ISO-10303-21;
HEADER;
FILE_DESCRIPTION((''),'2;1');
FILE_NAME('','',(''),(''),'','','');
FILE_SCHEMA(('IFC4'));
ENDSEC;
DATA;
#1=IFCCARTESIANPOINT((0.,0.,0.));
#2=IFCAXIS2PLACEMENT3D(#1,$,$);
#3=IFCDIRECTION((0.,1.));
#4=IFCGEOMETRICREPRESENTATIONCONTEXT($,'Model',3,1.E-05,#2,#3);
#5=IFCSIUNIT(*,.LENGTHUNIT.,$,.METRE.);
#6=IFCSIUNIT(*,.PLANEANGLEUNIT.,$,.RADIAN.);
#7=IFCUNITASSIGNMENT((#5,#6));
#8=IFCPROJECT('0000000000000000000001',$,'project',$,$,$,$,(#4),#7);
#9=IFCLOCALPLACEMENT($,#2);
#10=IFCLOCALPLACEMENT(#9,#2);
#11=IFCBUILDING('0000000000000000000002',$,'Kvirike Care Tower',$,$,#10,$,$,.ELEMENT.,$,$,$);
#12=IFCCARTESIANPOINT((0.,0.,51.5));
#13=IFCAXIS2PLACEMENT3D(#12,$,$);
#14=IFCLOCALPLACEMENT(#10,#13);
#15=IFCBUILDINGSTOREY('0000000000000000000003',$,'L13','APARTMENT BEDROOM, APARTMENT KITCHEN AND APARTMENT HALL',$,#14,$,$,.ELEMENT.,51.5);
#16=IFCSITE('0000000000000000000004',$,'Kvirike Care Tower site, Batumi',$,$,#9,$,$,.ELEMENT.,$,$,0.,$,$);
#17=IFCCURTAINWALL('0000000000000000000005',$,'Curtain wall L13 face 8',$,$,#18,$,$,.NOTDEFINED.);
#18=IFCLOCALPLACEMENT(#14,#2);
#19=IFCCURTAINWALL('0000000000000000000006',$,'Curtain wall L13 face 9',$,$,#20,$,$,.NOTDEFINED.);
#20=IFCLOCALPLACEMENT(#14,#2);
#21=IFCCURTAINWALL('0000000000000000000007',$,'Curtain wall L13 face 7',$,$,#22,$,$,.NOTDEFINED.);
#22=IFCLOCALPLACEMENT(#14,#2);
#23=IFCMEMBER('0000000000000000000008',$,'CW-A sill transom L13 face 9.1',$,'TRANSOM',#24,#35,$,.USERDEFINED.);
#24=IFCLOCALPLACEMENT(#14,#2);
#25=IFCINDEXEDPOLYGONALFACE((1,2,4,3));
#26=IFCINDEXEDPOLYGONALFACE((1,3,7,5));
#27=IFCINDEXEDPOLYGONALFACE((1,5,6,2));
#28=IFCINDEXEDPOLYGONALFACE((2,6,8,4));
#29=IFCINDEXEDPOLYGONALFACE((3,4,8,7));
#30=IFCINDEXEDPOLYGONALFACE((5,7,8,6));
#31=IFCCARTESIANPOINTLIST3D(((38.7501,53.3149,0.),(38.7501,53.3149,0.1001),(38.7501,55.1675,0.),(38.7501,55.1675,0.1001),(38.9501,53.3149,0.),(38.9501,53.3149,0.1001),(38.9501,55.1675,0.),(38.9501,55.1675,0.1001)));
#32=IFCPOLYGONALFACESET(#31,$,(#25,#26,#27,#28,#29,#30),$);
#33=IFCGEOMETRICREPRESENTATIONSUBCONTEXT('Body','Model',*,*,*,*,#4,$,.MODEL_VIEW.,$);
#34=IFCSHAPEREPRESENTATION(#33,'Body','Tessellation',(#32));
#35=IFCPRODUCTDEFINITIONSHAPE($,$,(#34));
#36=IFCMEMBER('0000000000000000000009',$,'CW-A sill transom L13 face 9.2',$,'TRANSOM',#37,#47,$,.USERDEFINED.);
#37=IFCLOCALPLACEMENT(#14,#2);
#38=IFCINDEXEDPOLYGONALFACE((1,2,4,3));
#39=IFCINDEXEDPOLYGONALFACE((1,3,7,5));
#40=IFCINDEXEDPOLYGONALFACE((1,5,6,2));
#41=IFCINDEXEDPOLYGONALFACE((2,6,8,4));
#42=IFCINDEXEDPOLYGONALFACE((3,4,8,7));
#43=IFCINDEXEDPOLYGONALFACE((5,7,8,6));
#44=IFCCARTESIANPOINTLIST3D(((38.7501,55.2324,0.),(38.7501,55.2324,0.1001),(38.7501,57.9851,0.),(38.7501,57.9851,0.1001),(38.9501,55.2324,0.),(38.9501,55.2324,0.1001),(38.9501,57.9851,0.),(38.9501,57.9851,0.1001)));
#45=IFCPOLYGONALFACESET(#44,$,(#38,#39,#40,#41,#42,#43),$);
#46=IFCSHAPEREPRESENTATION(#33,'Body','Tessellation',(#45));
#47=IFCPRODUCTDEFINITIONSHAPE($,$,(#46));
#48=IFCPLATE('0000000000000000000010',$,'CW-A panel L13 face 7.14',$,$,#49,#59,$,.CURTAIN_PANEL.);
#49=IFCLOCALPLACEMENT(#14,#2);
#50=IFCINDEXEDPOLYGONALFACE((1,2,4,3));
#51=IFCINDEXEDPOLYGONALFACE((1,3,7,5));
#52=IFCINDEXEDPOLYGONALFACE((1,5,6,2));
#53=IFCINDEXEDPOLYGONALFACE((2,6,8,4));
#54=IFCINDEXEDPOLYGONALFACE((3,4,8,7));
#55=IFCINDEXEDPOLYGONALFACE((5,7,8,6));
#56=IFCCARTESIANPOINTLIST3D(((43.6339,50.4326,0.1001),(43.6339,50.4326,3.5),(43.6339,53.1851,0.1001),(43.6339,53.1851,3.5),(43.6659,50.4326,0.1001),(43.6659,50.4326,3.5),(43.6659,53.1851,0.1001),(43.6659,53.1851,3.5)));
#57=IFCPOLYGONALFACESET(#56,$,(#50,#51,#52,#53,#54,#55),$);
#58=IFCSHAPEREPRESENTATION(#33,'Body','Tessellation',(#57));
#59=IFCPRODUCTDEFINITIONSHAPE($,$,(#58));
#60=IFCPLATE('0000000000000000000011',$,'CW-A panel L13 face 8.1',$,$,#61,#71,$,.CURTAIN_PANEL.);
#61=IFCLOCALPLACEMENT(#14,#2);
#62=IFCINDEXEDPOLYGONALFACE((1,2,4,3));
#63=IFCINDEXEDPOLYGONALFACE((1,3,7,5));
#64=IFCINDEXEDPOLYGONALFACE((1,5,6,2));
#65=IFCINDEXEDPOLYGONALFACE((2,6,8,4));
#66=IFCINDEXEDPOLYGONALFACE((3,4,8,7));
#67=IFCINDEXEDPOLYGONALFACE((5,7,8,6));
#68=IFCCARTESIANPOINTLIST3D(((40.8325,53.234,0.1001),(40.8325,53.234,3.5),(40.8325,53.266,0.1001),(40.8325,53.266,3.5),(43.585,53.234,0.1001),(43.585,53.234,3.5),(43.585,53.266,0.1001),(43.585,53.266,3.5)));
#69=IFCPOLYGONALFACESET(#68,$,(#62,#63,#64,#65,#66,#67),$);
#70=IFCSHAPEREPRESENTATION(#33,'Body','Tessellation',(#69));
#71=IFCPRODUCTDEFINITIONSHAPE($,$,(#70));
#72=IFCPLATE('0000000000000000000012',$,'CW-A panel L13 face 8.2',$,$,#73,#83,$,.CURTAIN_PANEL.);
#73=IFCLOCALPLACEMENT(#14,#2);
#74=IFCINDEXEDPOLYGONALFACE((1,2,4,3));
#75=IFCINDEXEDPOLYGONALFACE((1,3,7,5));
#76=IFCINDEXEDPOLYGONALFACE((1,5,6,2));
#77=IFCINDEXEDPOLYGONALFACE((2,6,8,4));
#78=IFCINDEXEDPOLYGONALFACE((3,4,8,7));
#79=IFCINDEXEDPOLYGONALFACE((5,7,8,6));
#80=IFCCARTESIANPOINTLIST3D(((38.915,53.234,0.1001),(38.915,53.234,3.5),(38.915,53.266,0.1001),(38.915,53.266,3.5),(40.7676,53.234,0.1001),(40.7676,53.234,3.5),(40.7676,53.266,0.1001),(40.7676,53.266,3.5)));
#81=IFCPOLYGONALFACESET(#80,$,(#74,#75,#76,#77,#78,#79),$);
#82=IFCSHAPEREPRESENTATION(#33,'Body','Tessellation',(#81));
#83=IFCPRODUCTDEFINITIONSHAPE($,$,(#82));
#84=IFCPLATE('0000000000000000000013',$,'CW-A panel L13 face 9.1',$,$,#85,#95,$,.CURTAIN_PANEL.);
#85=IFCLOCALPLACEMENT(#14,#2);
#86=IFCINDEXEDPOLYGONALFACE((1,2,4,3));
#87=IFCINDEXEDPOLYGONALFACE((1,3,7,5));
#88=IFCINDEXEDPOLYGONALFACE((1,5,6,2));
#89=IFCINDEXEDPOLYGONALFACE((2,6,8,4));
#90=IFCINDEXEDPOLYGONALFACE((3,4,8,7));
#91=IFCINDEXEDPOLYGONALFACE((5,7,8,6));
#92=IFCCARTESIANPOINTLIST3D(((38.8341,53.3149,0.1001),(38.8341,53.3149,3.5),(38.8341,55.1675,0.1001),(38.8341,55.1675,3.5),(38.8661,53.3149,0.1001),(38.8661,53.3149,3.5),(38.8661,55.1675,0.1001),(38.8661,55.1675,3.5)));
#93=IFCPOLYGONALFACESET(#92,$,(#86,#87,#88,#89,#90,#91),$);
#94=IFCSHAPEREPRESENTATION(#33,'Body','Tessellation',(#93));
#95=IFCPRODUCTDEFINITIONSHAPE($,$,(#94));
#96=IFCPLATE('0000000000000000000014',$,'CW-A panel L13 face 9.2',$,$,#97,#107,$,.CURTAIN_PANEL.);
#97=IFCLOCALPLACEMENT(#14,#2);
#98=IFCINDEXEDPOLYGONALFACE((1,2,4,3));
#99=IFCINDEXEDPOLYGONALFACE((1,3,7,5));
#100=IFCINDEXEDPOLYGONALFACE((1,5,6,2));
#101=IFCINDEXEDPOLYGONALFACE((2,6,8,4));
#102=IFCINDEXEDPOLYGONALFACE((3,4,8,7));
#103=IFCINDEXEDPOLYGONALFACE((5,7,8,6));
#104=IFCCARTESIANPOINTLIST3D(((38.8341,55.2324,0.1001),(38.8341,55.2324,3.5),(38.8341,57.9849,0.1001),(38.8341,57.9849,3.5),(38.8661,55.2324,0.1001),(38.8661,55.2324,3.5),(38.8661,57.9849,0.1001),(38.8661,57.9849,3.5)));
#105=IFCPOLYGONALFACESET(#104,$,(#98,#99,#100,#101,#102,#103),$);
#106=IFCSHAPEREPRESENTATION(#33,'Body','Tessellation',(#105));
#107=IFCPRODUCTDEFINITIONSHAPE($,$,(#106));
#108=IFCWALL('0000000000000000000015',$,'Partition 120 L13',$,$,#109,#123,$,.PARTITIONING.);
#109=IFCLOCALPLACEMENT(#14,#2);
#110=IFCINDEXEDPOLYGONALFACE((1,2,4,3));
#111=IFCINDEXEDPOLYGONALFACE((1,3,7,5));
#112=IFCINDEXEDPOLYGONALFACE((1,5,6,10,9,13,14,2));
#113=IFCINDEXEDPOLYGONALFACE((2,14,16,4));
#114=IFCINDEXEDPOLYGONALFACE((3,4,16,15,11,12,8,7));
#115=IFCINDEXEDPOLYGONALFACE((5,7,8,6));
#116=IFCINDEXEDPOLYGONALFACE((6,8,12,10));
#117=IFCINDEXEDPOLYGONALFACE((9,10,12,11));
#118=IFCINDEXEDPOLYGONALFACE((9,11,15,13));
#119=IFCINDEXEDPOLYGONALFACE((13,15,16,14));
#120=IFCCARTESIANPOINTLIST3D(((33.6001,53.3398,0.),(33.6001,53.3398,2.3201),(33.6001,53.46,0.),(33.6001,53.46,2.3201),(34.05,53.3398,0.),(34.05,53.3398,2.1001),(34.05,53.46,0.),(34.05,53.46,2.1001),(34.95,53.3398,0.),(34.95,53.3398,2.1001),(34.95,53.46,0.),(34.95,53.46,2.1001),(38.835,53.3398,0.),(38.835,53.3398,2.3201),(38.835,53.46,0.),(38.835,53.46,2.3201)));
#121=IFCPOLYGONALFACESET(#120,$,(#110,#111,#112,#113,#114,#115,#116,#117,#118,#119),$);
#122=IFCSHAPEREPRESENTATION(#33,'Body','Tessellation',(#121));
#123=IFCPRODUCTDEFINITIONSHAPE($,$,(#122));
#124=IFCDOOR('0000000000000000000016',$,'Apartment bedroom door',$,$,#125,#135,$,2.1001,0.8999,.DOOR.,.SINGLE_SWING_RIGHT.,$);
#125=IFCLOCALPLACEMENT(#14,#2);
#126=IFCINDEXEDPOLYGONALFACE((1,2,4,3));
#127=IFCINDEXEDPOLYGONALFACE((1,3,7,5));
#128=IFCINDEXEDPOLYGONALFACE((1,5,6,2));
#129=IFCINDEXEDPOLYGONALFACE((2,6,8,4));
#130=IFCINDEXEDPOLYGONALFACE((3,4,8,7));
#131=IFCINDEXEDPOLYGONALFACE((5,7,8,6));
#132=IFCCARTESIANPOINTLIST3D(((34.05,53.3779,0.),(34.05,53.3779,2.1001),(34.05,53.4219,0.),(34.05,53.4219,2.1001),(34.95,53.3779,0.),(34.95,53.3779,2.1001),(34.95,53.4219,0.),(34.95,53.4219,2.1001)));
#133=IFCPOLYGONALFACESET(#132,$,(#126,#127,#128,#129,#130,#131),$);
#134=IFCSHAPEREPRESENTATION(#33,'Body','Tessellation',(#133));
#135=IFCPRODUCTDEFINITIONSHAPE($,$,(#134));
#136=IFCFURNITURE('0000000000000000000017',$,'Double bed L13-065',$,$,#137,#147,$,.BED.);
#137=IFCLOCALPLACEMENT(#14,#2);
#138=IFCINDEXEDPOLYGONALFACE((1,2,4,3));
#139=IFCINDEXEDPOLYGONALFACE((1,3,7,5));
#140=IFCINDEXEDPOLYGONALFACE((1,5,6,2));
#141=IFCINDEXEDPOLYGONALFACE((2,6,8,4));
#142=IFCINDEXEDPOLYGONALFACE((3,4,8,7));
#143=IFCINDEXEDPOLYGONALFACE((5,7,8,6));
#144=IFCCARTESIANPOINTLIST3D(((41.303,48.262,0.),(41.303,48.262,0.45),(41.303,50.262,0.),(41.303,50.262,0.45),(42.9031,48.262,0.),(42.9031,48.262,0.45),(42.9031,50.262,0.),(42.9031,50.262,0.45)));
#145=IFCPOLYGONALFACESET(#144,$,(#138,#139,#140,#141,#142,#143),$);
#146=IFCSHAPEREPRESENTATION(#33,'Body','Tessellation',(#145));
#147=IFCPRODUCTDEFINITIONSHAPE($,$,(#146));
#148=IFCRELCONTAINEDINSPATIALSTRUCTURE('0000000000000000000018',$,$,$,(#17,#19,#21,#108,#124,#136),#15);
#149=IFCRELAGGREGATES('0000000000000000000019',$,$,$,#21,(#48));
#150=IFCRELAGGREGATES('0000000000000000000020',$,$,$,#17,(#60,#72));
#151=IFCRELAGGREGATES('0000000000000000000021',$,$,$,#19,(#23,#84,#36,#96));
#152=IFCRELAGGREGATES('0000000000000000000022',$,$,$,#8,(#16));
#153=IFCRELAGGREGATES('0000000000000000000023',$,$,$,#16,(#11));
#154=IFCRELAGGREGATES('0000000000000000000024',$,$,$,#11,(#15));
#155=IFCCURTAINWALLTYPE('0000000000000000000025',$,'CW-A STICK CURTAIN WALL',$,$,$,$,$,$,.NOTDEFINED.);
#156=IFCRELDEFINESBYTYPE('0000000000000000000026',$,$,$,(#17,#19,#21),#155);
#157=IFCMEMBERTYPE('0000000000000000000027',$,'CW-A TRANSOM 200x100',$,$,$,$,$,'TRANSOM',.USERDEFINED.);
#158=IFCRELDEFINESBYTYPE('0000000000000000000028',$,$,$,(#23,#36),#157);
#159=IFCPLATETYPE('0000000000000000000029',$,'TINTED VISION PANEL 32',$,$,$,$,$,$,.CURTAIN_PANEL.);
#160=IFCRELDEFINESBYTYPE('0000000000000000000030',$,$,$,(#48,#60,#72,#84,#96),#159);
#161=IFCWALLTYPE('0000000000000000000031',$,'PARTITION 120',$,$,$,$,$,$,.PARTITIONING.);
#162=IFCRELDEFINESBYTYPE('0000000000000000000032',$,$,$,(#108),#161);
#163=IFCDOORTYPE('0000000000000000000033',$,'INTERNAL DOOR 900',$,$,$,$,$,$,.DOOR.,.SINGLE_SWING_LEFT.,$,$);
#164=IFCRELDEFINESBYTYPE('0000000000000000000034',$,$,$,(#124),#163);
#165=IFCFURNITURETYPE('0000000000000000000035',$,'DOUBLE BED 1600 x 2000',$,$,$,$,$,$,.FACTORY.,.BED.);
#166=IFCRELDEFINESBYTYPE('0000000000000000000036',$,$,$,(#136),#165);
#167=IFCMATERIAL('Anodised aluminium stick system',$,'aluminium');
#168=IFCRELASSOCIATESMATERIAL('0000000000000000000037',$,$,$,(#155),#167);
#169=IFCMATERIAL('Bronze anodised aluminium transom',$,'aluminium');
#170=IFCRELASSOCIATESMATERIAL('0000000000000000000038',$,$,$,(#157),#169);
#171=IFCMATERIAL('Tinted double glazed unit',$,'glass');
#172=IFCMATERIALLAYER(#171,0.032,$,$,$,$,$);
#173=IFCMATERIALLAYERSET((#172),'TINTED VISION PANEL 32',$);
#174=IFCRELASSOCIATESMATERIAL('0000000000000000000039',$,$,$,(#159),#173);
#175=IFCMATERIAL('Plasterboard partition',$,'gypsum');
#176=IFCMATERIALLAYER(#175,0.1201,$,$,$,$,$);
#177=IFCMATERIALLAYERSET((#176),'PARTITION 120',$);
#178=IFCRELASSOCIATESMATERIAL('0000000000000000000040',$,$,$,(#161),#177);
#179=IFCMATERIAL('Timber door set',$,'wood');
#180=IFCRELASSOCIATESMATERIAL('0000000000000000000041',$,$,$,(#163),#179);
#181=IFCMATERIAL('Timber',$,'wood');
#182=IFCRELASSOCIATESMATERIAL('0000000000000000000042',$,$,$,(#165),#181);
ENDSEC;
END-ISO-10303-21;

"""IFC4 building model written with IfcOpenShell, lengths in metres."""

from ifc_helpers import new_model, si_unit, direction, frame, frame_2d, origin, origin_2d, place, context, subcontext, project, spatial, rectangle, extrude, material, layer, layer_set, material_profile, profile_set, type_object, element, fill, aggregate, save


model = new_model("IFC4")

# Units and contexts
model_context = context("Model", 3, precision=1e-05, world=origin(), true_north=direction((0.0, 1.0)))
body_context = subcontext(model_context, "Body", "Model", "MODEL_VIEW")
ifc_project = project(units=[si_unit("LENGTHUNIT", "METRE"), si_unit("PLANEANGLEUNIT", "RADIAN")], contexts=[model_context])

# Site, building, storey
site_placement = place(None, origin())
site = spatial("IfcSite", under=ifc_project, at=site_placement, Name="Kvirike Care Tower site, Batumi", CompositionType="ELEMENT", RefElevation=0.0)
building_placement = place(site_placement, origin())
building = spatial("IfcBuilding", under=site, at=building_placement, Name="Kvirike Care Tower", CompositionType="ELEMENT")
storey_placement = place(building_placement, frame((0.0, 0.0, 51.5)))
storey = spatial("IfcBuildingStorey", under=building, at=storey_placement, Name="L13", Description="APARTMENT BEDROOM, APARTMENT KITCHEN AND APARTMENT HALL", CompositionType="ELEMENT", Elevation=51.5)

# Curtain walls
ifc_material_1 = material(Name="Anodised aluminium stick system", Category="aluminium")
curtain_wall_type = type_object("IfcCurtainWallType", Name="CW-A STICK CURTAIN WALL", PredefinedType="NOTDEFINED", material=ifc_material_1)
curtain_wall_1_placement = place(storey_placement, origin())
curtain_wall_1 = element("IfcCurtainWall", 1, at=curtain_wall_1_placement, inside=storey, type_object=curtain_wall_type, Name="Curtain wall L13 face 8", PredefinedType="NOTDEFINED")
curtain_wall_2_placement = place(storey_placement, origin())
curtain_wall_2 = element("IfcCurtainWall", 2, at=curtain_wall_2_placement, inside=storey, type_object=curtain_wall_type, Name="Curtain wall L13 face 9", PredefinedType="NOTDEFINED")

# Curtain wall
curtain_wall_3_placement = place(storey_placement, origin())
curtain_wall_3 = element("IfcCurtainWall", 3, at=curtain_wall_3_placement, inside=storey, type_object=curtain_wall_type, Name="Curtain wall L13 face 7", PredefinedType="NOTDEFINED")

# Members
ifc_material_2 = material(Name="Bronze anodised aluminium transom", Category="aluminium")
ifc_material_profile_1 = material_profile(ifc_material_2, rectangle(XDim=0.2, YDim=0.1001, at=origin_2d()), Name="CW-A TRANSOM 200x100")
ifc_profile_set_1 = profile_set([ifc_material_profile_1], Name="Bronze anodised aluminium transom")
member_type_1 = type_object("IfcMemberType", Name="CW-A TRANSOM 200x100", ElementType="TRANSOM", PredefinedType="USERDEFINED", material=ifc_profile_set_1)
member_1_placement = place(storey_placement, frame((38.8501, 53.3149, 0.05), z_axis=(0.0, 1.0, 0.0), x_axis=(-1.0, 0.0, 0.0)))
member_1 = element("IfcMember", 4, at=member_1_placement, type_object=member_type_1, Name="CW-A sill transom L13 face 9.1", ObjectType="TRANSOM", PredefinedType="USERDEFINED", context=body_context, shape_type="SweptSolid", body=[
    extrude(rectangle(XDim=0.2, YDim=0.1001, at=origin_2d()), origin(), (0.0, 0.0, 1.0), 1.8525),
])
member_2_placement = place(storey_placement, frame((38.8501, 55.2324, 0.05), z_axis=(0.0, 1.0, 0.0), x_axis=(-1.0, 0.0, 0.0)))
member_2 = element("IfcMember", 5, at=member_2_placement, type_object=member_type_1, Name="CW-A sill transom L13 face 9.2", ObjectType="TRANSOM", PredefinedType="USERDEFINED", context=body_context, shape_type="SweptSolid", body=[
    extrude(rectangle(XDim=0.2, YDim=0.1001, at=origin_2d()), origin(), (0.0, 0.0, 1.0), 2.7527),
])

# Plates
ifc_material_3 = material(Name="Tinted double glazed unit", Category="glass")
ifc_layer_1 = layer(ifc_material_3, 0.032)
ifc_layer_set_1 = layer_set([ifc_layer_1], Name="TINTED VISION PANEL 32")
plate_type = type_object("IfcPlateType", Name="TINTED VISION PANEL 32", PredefinedType="CURTAIN_PANEL", material=ifc_layer_set_1)
plate_1_placement = place(storey_placement, frame((43.6499, 51.8088, 0.1001), z_axis=(0.0, 0.0, 1.0), x_axis=(0.0, 1.0, 0.0)))
plate_1 = element("IfcPlate", 6, at=plate_1_placement, type_object=plate_type, Name="CW-A panel L13 face 7.14", PredefinedType="CURTAIN_PANEL", context=body_context, shape_type="SweptSolid", body=[
    extrude(rectangle(XDim=2.7524, YDim=0.032, at=origin_2d()), origin(), (0.0, 0.0, 1.0), 3.3999),
])
aggregate(curtain_wall_3, [plate_1])
plate_2_placement = place(storey_placement, frame((42.2087, 53.25, 0.1001), z_axis=(0.0, 0.0, 1.0), x_axis=(-1.0, 0.0, 0.0)))
plate_2 = element("IfcPlate", 7, at=plate_2_placement, type_object=plate_type, Name="CW-A panel L13 face 8.1", PredefinedType="CURTAIN_PANEL", context=body_context, shape_type="SweptSolid", body=[
    extrude(rectangle(XDim=2.7524, YDim=0.032, at=origin_2d()), origin(), (0.0, 0.0, 1.0), 3.3999),
])
plate_3_placement = place(storey_placement, frame((39.8413, 53.25, 0.1001), z_axis=(0.0, 0.0, 1.0), x_axis=(-1.0, 0.0, 0.0)))
plate_3 = element("IfcPlate", 8, at=plate_3_placement, type_object=plate_type, Name="CW-A panel L13 face 8.2", PredefinedType="CURTAIN_PANEL", context=body_context, shape_type="SweptSolid", body=[
    extrude(rectangle(XDim=1.8525, YDim=0.032, at=origin_2d()), origin(), (0.0, 0.0, 1.0), 3.3999),
])
aggregate(curtain_wall_1, [plate_2, plate_3])
plate_4_placement = place(storey_placement, frame((38.8501, 54.2412, 0.1001), z_axis=(0.0, 0.0, 1.0), x_axis=(0.0, 1.0, 0.0)))
plate_4 = element("IfcPlate", 9, at=plate_4_placement, type_object=plate_type, Name="CW-A panel L13 face 9.1", PredefinedType="CURTAIN_PANEL", context=body_context, shape_type="SweptSolid", body=[
    extrude(rectangle(XDim=1.8525, YDim=0.032, at=origin_2d()), origin(), (0.0, 0.0, 1.0), 3.3999),
])
plate_5_placement = place(storey_placement, frame((38.8501, 56.6086, 0.1001), z_axis=(0.0, 0.0, 1.0), x_axis=(0.0, 1.0, 0.0)))
plate_5 = element("IfcPlate", 10, at=plate_5_placement, type_object=plate_type, Name="CW-A panel L13 face 9.2", PredefinedType="CURTAIN_PANEL", context=body_context, shape_type="SweptSolid", body=[
    extrude(rectangle(XDim=2.7524, YDim=0.032, at=origin_2d()), origin(), (0.0, 0.0, 1.0), 3.3999),
])
aggregate(curtain_wall_2, [member_1, plate_4, member_2, plate_5])

# Wall, opening, door
ifc_material_4 = material(Name="Plasterboard partition", Category="gypsum")
ifc_layer_2 = layer(ifc_material_4, 0.1201)
ifc_layer_set_2 = layer_set([ifc_layer_2], Name="PARTITION 120")
wall_type = type_object("IfcWallType", Name="PARTITION 120", PredefinedType="PARTITIONING", material=ifc_layer_set_2)
wall_placement = place(storey_placement, frame((38.835, 53.3999, 0.0), z_axis=(0.0, 0.0, 1.0), x_axis=(-1.0, 0.0, 0.0)))
wall = element("IfcWall", 11, at=wall_placement, inside=storey, type_object=wall_type, Name="Partition 120 L13", PredefinedType="PARTITIONING", context=body_context, shape_type="SweptSolid", body=[
    extrude(rectangle(XDim=5.2349, YDim=0.1201, at=frame_2d((2.6174, 0.0))), origin(), (0.0, 0.0, 1.0), 2.3201),
])
opening_placement = place(wall_placement, frame((3.885, 0.0, 0.0)))
opening = element("IfcOpeningElement", 12, at=opening_placement, cuts=wall, PredefinedType="OPENING", context=body_context, shape_type="SweptSolid", body=[
    extrude(rectangle(XDim=0.8999, YDim=2.1001, at=frame_2d((0.45, 1.05))), frame((0.0, 0.0706, 0.0), z_axis=(0.0, -1.0, 0.0), x_axis=(1.0, 0.0, 0.0)), (0.0, 0.0, 1.0), 0.1411),
])
ifc_material_5 = material(Name="Timber door set", Category="wood")
door_type = type_object("IfcDoorType", Name="INTERNAL DOOR 900", OperationType="SINGLE_SWING_LEFT", PredefinedType="DOOR", material=ifc_material_5)
door_placement = place(opening_placement, frame((0.8999, 0.0, 0.0), z_axis=(0.0, 0.0, 1.0), x_axis=(-1.0, 0.0, 0.0)))
door = element("IfcDoor", 13, at=door_placement, inside=storey, type_object=door_type, Name="Apartment bedroom door", OperationType="SINGLE_SWING_RIGHT", OverallHeight=2.1001, OverallWidth=0.8999, PredefinedType="DOOR", context=body_context, shape_type="SweptSolid", body=[
    extrude(rectangle(XDim=0.8999, YDim=2.1001, at=frame_2d((0.45, 1.05))), frame((0.0, 0.022, 0.0), z_axis=(0.0, -1.0, 0.0), x_axis=(1.0, 0.0, 0.0)), (0.0, 0.0, 1.0), 0.0439),
])
fill(opening, door)

# Furniture
ifc_material_6 = material(Name="Timber", Category="wood")
furniture_type = type_object("IfcFurnitureType", Name="DOUBLE BED 1600 x 2000", AssemblyPlace="FACTORY", PredefinedType="BED", material=ifc_material_6)
furniture_placement = place(storey_placement, frame((42.103, 49.262, 0.0), z_axis=(0.0, 0.0, 1.0), x_axis=(-1.0, 0.0, 0.0)))
element("IfcFurniture", 14, at=furniture_placement, inside=storey, type_object=furniture_type, Name="Double bed L13-065", PredefinedType="BED", context=body_context, shape_type="SweptSolid", body=[
    extrude(rectangle(XDim=1.6001, YDim=2.0, at=origin_2d()), origin(), (0.0, 0.0, 1.0), 0.45),
])

save(model, "model.ifc")
